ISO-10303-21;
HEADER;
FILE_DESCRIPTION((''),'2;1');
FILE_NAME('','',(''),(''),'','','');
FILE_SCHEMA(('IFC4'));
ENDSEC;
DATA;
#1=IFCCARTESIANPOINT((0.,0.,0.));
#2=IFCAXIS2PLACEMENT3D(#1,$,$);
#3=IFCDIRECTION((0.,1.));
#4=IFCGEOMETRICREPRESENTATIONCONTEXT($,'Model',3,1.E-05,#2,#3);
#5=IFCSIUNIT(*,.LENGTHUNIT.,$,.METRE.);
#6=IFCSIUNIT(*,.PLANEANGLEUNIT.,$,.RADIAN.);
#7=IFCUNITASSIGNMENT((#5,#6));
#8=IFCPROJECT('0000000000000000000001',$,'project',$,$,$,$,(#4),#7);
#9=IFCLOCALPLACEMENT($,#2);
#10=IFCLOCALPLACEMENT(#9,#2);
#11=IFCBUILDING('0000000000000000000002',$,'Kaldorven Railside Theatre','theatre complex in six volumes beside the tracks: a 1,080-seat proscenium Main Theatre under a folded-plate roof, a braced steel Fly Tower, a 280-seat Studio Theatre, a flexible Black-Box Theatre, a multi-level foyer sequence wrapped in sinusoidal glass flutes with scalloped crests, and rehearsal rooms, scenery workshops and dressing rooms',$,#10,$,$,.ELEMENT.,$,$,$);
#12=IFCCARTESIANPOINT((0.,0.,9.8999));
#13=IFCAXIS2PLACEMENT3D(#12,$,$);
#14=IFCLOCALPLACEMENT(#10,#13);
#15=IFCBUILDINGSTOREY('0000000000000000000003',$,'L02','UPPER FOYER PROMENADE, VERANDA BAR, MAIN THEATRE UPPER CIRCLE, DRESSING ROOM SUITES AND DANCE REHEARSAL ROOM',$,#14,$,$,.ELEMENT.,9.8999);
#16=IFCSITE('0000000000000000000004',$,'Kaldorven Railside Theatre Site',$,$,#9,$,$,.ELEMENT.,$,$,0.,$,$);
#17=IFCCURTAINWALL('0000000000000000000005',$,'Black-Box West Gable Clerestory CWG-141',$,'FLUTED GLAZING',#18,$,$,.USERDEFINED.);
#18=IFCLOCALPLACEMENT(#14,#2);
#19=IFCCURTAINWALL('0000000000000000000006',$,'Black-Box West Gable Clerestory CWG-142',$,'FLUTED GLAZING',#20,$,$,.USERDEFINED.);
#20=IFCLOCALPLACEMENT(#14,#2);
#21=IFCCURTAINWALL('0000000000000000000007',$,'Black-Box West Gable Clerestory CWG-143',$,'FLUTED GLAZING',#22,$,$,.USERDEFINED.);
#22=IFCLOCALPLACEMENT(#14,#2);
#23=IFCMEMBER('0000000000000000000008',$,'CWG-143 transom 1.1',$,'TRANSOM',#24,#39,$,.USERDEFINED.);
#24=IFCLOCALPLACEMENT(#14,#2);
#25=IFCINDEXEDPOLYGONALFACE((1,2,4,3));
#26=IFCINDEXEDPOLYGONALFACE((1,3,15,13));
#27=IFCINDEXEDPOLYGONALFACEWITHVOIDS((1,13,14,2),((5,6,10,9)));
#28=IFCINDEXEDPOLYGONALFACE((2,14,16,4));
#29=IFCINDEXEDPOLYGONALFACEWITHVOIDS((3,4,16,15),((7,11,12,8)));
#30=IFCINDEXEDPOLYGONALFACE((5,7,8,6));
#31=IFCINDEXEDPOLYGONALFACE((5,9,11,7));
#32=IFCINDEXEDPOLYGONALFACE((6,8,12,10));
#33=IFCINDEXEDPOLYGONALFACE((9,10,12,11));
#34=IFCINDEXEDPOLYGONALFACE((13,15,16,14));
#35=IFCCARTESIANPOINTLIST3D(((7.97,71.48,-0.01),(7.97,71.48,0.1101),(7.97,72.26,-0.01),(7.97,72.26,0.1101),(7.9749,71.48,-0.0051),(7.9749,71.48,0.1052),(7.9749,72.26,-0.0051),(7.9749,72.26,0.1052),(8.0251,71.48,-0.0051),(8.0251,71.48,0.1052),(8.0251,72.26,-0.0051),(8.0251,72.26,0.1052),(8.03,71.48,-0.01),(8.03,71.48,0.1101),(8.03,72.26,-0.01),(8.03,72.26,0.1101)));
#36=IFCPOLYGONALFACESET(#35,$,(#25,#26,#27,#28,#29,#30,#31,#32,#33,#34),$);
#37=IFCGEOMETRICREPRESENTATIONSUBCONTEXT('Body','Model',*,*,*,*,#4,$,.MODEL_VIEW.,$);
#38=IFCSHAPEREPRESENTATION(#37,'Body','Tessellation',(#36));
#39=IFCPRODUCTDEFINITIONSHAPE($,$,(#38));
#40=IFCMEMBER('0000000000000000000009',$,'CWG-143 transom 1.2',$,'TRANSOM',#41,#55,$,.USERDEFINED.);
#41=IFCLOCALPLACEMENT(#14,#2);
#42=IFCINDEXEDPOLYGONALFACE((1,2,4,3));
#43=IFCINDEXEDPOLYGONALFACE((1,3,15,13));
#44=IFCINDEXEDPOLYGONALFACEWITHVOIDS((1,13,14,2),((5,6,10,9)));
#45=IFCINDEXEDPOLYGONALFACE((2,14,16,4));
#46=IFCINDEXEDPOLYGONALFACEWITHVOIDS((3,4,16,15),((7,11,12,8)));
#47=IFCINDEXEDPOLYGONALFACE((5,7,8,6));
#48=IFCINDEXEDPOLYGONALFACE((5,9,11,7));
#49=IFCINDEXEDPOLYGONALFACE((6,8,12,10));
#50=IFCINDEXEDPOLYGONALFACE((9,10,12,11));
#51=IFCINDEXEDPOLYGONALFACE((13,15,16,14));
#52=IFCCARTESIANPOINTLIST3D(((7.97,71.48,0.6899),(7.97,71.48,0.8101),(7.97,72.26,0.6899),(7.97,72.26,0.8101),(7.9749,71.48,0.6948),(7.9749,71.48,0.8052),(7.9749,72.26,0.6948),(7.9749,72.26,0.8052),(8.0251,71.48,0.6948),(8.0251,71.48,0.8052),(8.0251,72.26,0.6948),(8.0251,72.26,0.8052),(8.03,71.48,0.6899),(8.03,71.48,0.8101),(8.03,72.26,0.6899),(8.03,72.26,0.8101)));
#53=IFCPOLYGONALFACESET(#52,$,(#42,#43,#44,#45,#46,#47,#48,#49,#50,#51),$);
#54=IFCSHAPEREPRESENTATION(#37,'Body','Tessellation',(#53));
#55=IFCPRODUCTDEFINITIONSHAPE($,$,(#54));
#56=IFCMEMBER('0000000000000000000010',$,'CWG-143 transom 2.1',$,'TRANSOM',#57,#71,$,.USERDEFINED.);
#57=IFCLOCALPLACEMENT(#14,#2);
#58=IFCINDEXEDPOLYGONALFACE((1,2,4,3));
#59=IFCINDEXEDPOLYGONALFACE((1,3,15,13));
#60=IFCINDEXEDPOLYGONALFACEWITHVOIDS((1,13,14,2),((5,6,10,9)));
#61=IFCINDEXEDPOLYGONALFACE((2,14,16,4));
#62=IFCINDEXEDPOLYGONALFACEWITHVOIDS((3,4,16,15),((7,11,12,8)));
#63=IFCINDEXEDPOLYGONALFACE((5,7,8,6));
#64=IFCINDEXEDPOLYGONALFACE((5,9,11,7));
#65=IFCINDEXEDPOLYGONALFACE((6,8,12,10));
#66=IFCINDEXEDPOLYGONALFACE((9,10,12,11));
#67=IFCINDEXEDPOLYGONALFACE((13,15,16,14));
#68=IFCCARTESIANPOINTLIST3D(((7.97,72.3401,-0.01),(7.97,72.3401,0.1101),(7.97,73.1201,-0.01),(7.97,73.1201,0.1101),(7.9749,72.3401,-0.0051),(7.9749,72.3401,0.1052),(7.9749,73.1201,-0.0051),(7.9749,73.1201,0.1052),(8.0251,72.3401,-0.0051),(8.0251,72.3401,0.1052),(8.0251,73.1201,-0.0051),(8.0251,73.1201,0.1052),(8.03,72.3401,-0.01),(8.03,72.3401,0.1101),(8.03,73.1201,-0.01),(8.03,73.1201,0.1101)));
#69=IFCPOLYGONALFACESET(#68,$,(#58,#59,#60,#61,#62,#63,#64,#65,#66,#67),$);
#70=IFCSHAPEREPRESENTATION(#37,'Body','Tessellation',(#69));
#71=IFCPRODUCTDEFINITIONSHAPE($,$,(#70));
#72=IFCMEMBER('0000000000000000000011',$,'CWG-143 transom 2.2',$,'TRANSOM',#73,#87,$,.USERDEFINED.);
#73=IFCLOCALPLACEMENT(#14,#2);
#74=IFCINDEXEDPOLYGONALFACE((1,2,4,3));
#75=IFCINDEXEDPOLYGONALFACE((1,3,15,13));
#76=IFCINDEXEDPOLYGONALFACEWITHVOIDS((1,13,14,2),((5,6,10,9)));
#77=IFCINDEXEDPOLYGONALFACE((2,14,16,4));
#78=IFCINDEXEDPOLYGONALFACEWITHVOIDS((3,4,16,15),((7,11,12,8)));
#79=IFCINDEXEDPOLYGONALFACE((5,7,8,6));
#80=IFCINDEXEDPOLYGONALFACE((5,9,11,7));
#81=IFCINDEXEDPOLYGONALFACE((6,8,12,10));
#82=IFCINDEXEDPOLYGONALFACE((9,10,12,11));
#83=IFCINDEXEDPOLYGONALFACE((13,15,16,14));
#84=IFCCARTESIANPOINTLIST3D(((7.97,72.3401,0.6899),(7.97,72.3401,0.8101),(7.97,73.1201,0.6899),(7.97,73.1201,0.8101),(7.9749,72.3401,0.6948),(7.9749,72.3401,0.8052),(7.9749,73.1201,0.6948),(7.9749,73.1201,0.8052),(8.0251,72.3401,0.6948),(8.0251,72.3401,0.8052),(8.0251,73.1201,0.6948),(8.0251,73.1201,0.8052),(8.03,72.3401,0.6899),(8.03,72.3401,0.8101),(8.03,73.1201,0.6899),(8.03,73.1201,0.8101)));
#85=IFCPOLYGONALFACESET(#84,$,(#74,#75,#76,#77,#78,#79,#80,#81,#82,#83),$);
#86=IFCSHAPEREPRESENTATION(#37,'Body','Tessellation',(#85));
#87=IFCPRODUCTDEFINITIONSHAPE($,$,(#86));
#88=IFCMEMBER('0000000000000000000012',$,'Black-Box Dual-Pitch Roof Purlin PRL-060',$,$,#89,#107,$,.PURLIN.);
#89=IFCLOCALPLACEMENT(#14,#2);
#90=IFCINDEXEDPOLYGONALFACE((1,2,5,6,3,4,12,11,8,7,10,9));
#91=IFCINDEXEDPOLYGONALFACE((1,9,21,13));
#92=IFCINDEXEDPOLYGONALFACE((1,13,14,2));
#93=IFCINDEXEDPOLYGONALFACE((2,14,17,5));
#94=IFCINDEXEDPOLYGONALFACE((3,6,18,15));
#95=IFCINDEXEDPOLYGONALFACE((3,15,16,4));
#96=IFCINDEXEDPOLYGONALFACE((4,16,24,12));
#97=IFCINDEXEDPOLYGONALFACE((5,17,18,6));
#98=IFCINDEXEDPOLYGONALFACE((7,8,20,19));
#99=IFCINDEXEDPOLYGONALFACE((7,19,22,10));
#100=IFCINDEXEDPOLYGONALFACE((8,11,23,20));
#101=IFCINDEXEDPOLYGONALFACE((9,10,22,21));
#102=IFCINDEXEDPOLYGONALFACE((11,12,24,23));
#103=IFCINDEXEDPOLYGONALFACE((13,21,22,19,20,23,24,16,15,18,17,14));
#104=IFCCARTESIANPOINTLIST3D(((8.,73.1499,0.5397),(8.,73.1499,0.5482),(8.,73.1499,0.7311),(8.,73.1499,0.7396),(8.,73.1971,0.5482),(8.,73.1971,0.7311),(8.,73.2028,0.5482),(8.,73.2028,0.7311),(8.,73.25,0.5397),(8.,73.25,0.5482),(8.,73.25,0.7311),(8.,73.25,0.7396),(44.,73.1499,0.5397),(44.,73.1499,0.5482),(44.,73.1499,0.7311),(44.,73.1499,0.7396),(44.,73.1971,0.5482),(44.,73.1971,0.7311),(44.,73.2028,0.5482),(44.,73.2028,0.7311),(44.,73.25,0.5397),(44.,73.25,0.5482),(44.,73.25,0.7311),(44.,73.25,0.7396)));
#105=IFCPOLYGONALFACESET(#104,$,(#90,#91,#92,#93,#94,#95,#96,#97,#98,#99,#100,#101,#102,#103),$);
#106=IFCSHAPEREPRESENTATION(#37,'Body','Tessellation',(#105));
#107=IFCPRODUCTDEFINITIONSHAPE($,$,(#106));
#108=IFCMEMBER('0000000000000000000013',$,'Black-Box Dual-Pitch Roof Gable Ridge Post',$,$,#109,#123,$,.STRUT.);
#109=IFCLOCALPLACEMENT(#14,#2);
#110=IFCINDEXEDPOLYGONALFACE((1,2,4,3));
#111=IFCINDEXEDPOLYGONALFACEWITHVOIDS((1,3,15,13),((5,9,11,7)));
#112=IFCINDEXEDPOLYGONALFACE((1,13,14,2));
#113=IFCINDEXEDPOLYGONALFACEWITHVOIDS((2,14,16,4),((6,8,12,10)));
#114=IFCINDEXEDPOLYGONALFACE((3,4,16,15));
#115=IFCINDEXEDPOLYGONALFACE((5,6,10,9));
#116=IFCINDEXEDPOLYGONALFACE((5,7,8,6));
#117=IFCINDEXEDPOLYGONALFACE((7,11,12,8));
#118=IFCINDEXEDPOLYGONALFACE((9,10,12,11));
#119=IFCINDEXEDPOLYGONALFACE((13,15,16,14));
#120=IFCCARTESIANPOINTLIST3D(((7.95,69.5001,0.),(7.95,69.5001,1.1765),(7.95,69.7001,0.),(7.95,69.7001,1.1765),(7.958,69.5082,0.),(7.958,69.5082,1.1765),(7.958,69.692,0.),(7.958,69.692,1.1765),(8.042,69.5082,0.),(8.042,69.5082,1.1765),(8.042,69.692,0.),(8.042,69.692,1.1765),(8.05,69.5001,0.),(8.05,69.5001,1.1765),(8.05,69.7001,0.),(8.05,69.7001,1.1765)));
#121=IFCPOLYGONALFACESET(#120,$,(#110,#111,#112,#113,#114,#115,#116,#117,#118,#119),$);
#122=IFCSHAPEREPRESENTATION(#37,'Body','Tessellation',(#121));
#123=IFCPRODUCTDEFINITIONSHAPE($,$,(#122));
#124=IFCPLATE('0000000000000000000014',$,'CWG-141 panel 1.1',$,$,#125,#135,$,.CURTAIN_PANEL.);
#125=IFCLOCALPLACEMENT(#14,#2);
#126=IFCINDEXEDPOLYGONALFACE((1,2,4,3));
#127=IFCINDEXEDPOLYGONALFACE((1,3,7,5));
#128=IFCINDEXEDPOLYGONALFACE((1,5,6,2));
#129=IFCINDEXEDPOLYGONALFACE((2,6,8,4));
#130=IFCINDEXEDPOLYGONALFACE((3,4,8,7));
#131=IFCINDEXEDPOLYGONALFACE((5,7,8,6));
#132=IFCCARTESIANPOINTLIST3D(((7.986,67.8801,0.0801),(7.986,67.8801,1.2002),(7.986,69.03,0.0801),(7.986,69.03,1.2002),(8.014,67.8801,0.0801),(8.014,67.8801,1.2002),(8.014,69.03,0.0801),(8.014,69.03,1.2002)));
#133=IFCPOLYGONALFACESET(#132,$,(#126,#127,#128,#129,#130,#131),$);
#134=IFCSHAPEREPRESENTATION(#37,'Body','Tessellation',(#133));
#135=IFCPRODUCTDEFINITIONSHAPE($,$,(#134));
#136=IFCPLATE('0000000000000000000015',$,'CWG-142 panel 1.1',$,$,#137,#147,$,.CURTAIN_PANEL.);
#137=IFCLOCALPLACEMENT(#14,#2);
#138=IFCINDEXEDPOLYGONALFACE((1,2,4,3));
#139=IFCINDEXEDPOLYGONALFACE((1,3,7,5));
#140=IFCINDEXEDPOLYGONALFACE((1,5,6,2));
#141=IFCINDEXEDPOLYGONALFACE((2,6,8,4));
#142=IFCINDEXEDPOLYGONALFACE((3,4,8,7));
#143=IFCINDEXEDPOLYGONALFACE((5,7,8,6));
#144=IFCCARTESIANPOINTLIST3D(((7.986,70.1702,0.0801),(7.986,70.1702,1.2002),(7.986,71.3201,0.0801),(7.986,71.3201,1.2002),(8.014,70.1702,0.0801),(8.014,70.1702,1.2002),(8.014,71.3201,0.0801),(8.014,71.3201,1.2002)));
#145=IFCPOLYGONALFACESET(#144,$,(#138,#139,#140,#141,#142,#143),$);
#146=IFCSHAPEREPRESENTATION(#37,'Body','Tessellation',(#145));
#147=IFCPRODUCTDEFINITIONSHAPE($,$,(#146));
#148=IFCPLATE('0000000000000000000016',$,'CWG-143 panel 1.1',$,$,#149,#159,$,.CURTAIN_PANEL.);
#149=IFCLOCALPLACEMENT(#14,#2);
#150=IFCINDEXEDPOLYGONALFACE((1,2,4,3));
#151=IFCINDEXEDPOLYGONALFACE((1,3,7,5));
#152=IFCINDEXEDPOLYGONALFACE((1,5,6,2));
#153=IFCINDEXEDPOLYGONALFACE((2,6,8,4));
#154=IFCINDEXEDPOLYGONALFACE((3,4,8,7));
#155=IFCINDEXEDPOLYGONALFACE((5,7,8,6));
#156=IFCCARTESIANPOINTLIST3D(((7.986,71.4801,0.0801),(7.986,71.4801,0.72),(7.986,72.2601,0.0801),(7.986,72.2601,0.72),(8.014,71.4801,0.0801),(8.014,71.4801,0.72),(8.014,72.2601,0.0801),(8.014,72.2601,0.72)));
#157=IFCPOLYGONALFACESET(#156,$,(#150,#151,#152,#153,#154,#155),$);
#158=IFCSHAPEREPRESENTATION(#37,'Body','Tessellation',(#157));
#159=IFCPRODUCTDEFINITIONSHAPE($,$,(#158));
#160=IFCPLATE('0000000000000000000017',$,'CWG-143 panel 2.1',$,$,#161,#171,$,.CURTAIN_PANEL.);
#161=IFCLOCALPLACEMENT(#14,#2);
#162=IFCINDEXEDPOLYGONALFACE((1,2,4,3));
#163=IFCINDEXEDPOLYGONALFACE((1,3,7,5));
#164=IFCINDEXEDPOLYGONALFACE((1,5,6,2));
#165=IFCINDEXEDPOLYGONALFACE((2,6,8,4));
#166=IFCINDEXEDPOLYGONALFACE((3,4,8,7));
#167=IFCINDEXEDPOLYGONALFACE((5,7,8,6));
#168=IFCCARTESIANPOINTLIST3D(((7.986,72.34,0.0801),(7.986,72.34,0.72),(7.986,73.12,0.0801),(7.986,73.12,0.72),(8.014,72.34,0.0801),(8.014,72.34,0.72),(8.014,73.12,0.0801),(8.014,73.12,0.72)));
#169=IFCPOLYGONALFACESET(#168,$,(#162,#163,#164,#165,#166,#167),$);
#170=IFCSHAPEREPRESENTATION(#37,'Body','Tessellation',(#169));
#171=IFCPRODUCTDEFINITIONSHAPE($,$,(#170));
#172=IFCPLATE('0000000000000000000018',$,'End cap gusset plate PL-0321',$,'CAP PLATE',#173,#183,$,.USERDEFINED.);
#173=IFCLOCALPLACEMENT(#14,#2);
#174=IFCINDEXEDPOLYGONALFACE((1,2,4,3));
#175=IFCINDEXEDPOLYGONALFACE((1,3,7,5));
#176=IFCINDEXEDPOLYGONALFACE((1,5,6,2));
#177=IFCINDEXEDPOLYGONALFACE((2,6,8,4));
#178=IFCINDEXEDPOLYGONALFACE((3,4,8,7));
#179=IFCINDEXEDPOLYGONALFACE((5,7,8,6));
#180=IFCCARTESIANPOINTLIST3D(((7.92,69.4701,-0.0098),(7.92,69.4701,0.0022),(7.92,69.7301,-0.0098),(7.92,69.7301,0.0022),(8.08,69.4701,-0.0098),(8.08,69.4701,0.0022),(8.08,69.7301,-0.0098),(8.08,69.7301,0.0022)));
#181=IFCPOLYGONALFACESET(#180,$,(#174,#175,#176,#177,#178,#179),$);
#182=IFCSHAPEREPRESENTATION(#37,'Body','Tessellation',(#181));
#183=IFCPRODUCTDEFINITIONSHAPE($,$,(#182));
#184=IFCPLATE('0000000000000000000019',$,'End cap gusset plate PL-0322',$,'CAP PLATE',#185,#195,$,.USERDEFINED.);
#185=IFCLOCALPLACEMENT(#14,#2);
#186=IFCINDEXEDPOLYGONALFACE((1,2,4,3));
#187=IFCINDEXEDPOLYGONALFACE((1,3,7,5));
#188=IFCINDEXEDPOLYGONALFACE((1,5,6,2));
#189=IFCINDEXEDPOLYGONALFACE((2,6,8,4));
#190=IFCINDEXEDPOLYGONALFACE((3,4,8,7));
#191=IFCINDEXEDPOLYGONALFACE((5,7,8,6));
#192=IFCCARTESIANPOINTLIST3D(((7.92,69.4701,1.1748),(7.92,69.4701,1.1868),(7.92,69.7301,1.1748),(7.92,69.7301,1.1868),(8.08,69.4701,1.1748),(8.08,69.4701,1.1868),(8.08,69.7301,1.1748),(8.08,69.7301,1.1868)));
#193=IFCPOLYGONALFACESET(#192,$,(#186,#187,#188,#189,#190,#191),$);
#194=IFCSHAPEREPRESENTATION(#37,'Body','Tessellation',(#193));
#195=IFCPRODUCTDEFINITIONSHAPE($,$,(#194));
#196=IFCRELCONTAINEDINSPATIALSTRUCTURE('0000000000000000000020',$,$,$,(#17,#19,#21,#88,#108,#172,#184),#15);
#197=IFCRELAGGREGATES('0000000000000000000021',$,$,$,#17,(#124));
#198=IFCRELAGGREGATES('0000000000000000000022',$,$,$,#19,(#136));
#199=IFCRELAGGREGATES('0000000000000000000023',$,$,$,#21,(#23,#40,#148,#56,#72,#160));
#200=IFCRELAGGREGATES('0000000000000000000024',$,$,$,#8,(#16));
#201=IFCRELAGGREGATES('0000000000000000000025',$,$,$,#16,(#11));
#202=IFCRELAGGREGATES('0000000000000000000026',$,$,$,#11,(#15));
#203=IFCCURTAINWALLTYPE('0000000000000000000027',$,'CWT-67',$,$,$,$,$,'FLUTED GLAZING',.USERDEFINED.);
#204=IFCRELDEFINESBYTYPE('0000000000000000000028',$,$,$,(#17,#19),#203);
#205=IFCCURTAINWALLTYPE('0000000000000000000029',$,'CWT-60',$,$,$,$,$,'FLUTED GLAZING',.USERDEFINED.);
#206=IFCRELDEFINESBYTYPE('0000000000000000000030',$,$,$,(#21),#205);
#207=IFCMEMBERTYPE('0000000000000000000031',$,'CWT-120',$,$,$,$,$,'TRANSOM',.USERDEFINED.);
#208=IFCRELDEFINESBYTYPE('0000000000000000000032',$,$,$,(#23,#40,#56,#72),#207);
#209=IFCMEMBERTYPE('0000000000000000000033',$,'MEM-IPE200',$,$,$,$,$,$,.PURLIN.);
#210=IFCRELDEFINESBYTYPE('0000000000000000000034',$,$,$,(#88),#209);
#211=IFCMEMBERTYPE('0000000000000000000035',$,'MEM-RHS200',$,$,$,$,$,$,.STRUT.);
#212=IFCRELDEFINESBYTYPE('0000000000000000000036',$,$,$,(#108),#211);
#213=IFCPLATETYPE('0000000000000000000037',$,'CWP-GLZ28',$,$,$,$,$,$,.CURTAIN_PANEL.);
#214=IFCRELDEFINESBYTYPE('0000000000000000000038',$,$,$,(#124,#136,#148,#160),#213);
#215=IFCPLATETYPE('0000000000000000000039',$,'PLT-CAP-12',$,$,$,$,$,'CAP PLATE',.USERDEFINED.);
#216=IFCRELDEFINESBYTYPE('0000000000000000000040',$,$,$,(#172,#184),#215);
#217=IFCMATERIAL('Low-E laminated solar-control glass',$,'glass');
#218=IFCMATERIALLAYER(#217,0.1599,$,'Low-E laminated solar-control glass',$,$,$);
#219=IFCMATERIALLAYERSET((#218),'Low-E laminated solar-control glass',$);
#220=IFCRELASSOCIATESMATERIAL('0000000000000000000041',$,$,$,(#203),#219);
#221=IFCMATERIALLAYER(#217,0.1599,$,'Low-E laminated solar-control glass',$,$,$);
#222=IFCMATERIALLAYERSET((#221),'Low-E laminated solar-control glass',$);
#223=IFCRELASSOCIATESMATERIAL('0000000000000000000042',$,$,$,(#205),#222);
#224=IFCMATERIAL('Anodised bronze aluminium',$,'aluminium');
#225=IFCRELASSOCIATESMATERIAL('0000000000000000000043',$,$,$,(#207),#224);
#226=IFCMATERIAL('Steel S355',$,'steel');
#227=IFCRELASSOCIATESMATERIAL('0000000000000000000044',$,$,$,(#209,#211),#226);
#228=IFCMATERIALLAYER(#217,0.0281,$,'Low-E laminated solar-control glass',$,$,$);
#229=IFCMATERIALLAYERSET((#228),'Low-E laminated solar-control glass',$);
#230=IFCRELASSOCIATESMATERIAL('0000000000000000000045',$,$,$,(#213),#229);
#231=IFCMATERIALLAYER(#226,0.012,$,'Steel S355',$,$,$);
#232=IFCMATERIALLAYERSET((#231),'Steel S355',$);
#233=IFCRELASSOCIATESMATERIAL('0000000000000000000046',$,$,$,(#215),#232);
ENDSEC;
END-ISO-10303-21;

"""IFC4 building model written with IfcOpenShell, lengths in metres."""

from ifc_helpers import new_model, si_unit, direction, frame, origin, origin_2d, place, context, subcontext, project, spatial, rectangle, hollow_rectangle, i_section, extrude, material, layer, layer_set, material_profile, profile_set, type_object, element, aggregate, save


model = new_model("IFC4")

# Units and contexts
model_context = context("Model", 3, precision=1e-05, world=origin(), true_north=direction((0.0, 1.0)))
body_context = subcontext(model_context, "Body", "Model", "MODEL_VIEW")
ifc_project = project(units=[si_unit("LENGTHUNIT", "METRE"), si_unit("PLANEANGLEUNIT", "RADIAN")], contexts=[model_context])

# Site, building, storey
site_placement = place(None, origin())
site = spatial("IfcSite", under=ifc_project, at=site_placement, Name="Kaldorven Railside Theatre Site", CompositionType="ELEMENT", RefElevation=0.0)
building_placement = place(site_placement, origin())
building = spatial("IfcBuilding", under=site, at=building_placement, Name="Kaldorven Railside Theatre", Description="theatre complex in six volumes beside the tracks: a 1,080-seat proscenium Main Theatre under a folded-plate roof, a braced steel Fly Tower, a 280-seat Studio Theatre, a flexible Black-Box Theatre, a multi-level foyer sequence wrapped in sinusoidal glass flutes with scalloped crests, and rehearsal rooms, scenery workshops and dressing rooms", CompositionType="ELEMENT")
storey_placement = place(building_placement, frame((0.0, 0.0, 9.8999)))
storey = spatial("IfcBuildingStorey", under=building, at=storey_placement, Name="L02", Description="UPPER FOYER PROMENADE, VERANDA BAR, MAIN THEATRE UPPER CIRCLE, DRESSING ROOM SUITES AND DANCE REHEARSAL ROOM", CompositionType="ELEMENT", Elevation=9.8999)

# Shared definitions
ifc_material_1 = material(Name="Steel S355", Category="steel")

# Curtain wall
ifc_material_2 = material(Name="Low-E laminated solar-control glass", Category="glass")
ifc_layer_1 = layer(ifc_material_2, 0.1599, Name="Low-E laminated solar-control glass")
ifc_layer_set_1 = layer_set([ifc_layer_1], Name="Low-E laminated solar-control glass")
curtain_wall_type_1 = type_object("IfcCurtainWallType", Name="CWT-67", ElementType="FLUTED GLAZING", PredefinedType="USERDEFINED", material=ifc_layer_set_1)
curtain_wall_1_placement = place(storey_placement, origin())
curtain_wall_1 = element("IfcCurtainWall", 1, at=curtain_wall_1_placement, inside=storey, type_object=curtain_wall_type_1, Name="Black-Box West Gable Clerestory CWG-141", ObjectType="FLUTED GLAZING", PredefinedType="USERDEFINED")
ifc_material_3 = material(Name="Anodised bronze aluminium", Category="aluminium")

# Curtain walls
curtain_wall_2_placement = place(storey_placement, origin())
curtain_wall_2 = element("IfcCurtainWall", 2, at=curtain_wall_2_placement, inside=storey, type_object=curtain_wall_type_1, Name="Black-Box West Gable Clerestory CWG-142", ObjectType="FLUTED GLAZING", PredefinedType="USERDEFINED")
ifc_layer_2 = layer(ifc_material_2, 0.1599, Name="Low-E laminated solar-control glass")
ifc_layer_set_2 = layer_set([ifc_layer_2], Name="Low-E laminated solar-control glass")
curtain_wall_type_2 = type_object("IfcCurtainWallType", Name="CWT-60", ElementType="FLUTED GLAZING", PredefinedType="USERDEFINED", material=ifc_layer_set_2)
curtain_wall_3_placement = place(storey_placement, origin())
curtain_wall_3 = element("IfcCurtainWall", 3, at=curtain_wall_3_placement, inside=storey, type_object=curtain_wall_type_2, Name="Black-Box West Gable Clerestory CWG-143", ObjectType="FLUTED GLAZING", PredefinedType="USERDEFINED")

# Members
ifc_material_profile_1 = material_profile(ifc_material_3, hollow_rectangle(XDim=0.0601, YDim=0.1201, WallThickness=0.0049, at=origin_2d()), Name="RHS 120x60x5")
ifc_profile_set_1 = profile_set([ifc_material_profile_1], Name="Anodised bronze aluminium")
member_type_1 = type_object("IfcMemberType", Name="CWT-120", ElementType="TRANSOM", PredefinedType="USERDEFINED", material=ifc_profile_set_1)
member_1_placement = place(storey_placement, frame((8.0, 71.48, 0.05), z_axis=(0.0, 1.0, 0.0), x_axis=(-1.0, 0.0, 0.0)))
member_1 = element("IfcMember", 4, at=member_1_placement, type_object=member_type_1, Name="CWG-143 transom 1.1", ObjectType="TRANSOM", PredefinedType="USERDEFINED", context=body_context, shape_type="SweptSolid", body=[
    extrude(hollow_rectangle(XDim=0.0601, YDim=0.1201, WallThickness=0.0049, at=origin_2d()), origin(), (0.0, 0.0, 1.0), 0.78),
])
member_2_placement = place(storey_placement, frame((8.0, 71.48, 0.75), z_axis=(0.0, 1.0, 0.0), x_axis=(-1.0, 0.0, 0.0)))
member_2 = element("IfcMember", 5, at=member_2_placement, type_object=member_type_1, Name="CWG-143 transom 1.2", ObjectType="TRANSOM", PredefinedType="USERDEFINED", context=body_context, shape_type="SweptSolid", body=[
    extrude(hollow_rectangle(XDim=0.0601, YDim=0.1201, WallThickness=0.0049, at=origin_2d()), origin(), (0.0, 0.0, 1.0), 0.78),
])
member_3_placement = place(storey_placement, frame((8.0, 72.3401, 0.05), z_axis=(0.0, 1.0, 0.0), x_axis=(-1.0, 0.0, 0.0)))
member_3 = element("IfcMember", 6, at=member_3_placement, type_object=member_type_1, Name="CWG-143 transom 2.1", ObjectType="TRANSOM", PredefinedType="USERDEFINED", context=body_context, shape_type="SweptSolid", body=[
    extrude(hollow_rectangle(XDim=0.0601, YDim=0.1201, WallThickness=0.0049, at=origin_2d()), origin(), (0.0, 0.0, 1.0), 0.78),
])
member_4_placement = place(storey_placement, frame((8.0, 72.3401, 0.75), z_axis=(0.0, 1.0, 0.0), x_axis=(-1.0, 0.0, 0.0)))
member_4 = element("IfcMember", 7, at=member_4_placement, type_object=member_type_1, Name="CWG-143 transom 2.2", ObjectType="TRANSOM", PredefinedType="USERDEFINED", context=body_context, shape_type="SweptSolid", body=[
    extrude(hollow_rectangle(XDim=0.0601, YDim=0.1201, WallThickness=0.0049, at=origin_2d()), origin(), (0.0, 0.0, 1.0), 0.78),
])

# Members
ifc_material_profile_2 = material_profile(ifc_material_1, i_section(OverallWidth=0.1001, OverallDepth=0.2, WebThickness=0.0056, FlangeThickness=0.0085, at=origin_2d()), Name="IPE 200")
ifc_profile_set_2 = profile_set([ifc_material_profile_2], Name="Steel S355")
member_type_2 = type_object("IfcMemberType", Name="MEM-IPE200", PredefinedType="PURLIN", material=ifc_profile_set_2)
member_5_placement = place(storey_placement, frame((8.0, 73.2, 0.6396), z_axis=(1.0, 0.0, 0.0), x_axis=(0.0, 1.0, 0.0)))
element("IfcMember", 8, at=member_5_placement, inside=storey, type_object=member_type_2, Name="Black-Box Dual-Pitch Roof Purlin PRL-060", PredefinedType="PURLIN", context=body_context, shape_type="SweptSolid", body=[
    extrude(i_section(OverallWidth=0.1001, OverallDepth=0.2, WebThickness=0.0056, FlangeThickness=0.0085, at=origin_2d()), origin(), (0.0, 0.0, 1.0), 36.0),
])
ifc_material_profile_3 = material_profile(ifc_material_1, hollow_rectangle(XDim=0.1001, YDim=0.2, WallThickness=0.0081, at=origin_2d()), Name="RHS 200x100x8")
ifc_profile_set_3 = profile_set([ifc_material_profile_3], Name="Steel S355")
member_type_3 = type_object("IfcMemberType", Name="MEM-RHS200", PredefinedType="STRUT", material=ifc_profile_set_3)
member_6_placement = place(storey_placement, frame((8.0, 69.6001, 0.0), z_axis=(0.0, 0.0, 1.0), x_axis=(1.0, 0.0, 0.0)))
element("IfcMember", 9, at=member_6_placement, inside=storey, type_object=member_type_3, Name="Black-Box Dual-Pitch Roof Gable Ridge Post", PredefinedType="STRUT", context=body_context, shape_type="SweptSolid", body=[
    extrude(hollow_rectangle(XDim=0.1001, YDim=0.2, WallThickness=0.0081, at=origin_2d()), origin(), (0.0, 0.0, 1.0), 1.1765),
])

# Plates
ifc_layer_3 = layer(ifc_material_2, 0.0281, Name="Low-E laminated solar-control glass")
ifc_layer_set_3 = layer_set([ifc_layer_3], Name="Low-E laminated solar-control glass")
plate_type_1 = type_object("IfcPlateType", Name="CWP-GLZ28", PredefinedType="CURTAIN_PANEL", material=ifc_layer_set_3)
plate_1_placement = place(storey_placement, frame((8.0, 68.4551, 0.0801), z_axis=(0.0, 0.0, 1.0), x_axis=(0.0, 1.0, 0.0)))
plate_1 = element("IfcPlate", 10, at=plate_1_placement, type_object=plate_type_1, Name="CWG-141 panel 1.1", PredefinedType="CURTAIN_PANEL", context=body_context, shape_type="SweptSolid", body=[
    extrude(rectangle(XDim=1.1499, YDim=0.0281, at=origin_2d()), origin(), (0.0, 0.0, 1.0), 1.1201),
])
aggregate(curtain_wall_1, [plate_1])
plate_2_placement = place(storey_placement, frame((8.0, 70.7451, 0.0801), z_axis=(0.0, 0.0, 1.0), x_axis=(0.0, 1.0, 0.0)))
plate_2 = element("IfcPlate", 11, at=plate_2_placement, type_object=plate_type_1, Name="CWG-142 panel 1.1", PredefinedType="CURTAIN_PANEL", context=body_context, shape_type="SweptSolid", body=[
    extrude(rectangle(XDim=1.1499, YDim=0.0281, at=origin_2d()), origin(), (0.0, 0.0, 1.0), 1.1201),
])
aggregate(curtain_wall_2, [plate_2])
plate_3_placement = place(storey_placement, frame((8.0, 71.8701, 0.0801), z_axis=(0.0, 0.0, 1.0), x_axis=(0.0, 1.0, 0.0)))
plate_3 = element("IfcPlate", 12, at=plate_3_placement, type_object=plate_type_1, Name="CWG-143 panel 1.1", PredefinedType="CURTAIN_PANEL", context=body_context, shape_type="SweptSolid", body=[
    extrude(rectangle(XDim=0.78, YDim=0.0281, at=origin_2d()), origin(), (0.0, 0.0, 1.0), 0.6399),
])
plate_4_placement = place(storey_placement, frame((8.0, 72.73, 0.0801), z_axis=(0.0, 0.0, 1.0), x_axis=(0.0, 1.0, 0.0)))
plate_4 = element("IfcPlate", 13, at=plate_4_placement, type_object=plate_type_1, Name="CWG-143 panel 2.1", PredefinedType="CURTAIN_PANEL", context=body_context, shape_type="SweptSolid", body=[
    extrude(rectangle(XDim=0.78, YDim=0.0281, at=origin_2d()), origin(), (0.0, 0.0, 1.0), 0.6399),
])
aggregate(curtain_wall_3, [member_1, member_2, plate_3, member_3, member_4, plate_4])

# Plates
ifc_layer_4 = layer(ifc_material_1, 0.012, Name="Steel S355")
ifc_layer_set_4 = layer_set([ifc_layer_4], Name="Steel S355")
plate_type_2 = type_object("IfcPlateType", Name="PLT-CAP-12", ElementType="CAP PLATE", PredefinedType="USERDEFINED", material=ifc_layer_set_4)
for number, where, z_axis, x_axis, name in (
    (14, (8.0, 69.6001, -0.0098), (0.0, 0.0, 1.0), (1.0, 0.0, 0.0), "End cap gusset plate PL-0321"),
    (15, (8.0, 69.6001, 1.1748), (0.0, 0.0, 1.0), (1.0, 0.0, 0.0), "End cap gusset plate PL-0322"),
):
    element("IfcPlate", number, at=place(storey_placement, frame(where, z_axis=z_axis, x_axis=x_axis)), inside=storey, type_object=plate_type_2, Name=name, ObjectType="CAP PLATE", PredefinedType="USERDEFINED", context=body_context, shape_type="SweptSolid", body=[
        extrude(rectangle(XDim=0.1599, YDim=0.26, at=origin_2d()), origin(), (0.0, 0.0, 1.0), 0.012),
    ])

save(model, "model.ifc")
